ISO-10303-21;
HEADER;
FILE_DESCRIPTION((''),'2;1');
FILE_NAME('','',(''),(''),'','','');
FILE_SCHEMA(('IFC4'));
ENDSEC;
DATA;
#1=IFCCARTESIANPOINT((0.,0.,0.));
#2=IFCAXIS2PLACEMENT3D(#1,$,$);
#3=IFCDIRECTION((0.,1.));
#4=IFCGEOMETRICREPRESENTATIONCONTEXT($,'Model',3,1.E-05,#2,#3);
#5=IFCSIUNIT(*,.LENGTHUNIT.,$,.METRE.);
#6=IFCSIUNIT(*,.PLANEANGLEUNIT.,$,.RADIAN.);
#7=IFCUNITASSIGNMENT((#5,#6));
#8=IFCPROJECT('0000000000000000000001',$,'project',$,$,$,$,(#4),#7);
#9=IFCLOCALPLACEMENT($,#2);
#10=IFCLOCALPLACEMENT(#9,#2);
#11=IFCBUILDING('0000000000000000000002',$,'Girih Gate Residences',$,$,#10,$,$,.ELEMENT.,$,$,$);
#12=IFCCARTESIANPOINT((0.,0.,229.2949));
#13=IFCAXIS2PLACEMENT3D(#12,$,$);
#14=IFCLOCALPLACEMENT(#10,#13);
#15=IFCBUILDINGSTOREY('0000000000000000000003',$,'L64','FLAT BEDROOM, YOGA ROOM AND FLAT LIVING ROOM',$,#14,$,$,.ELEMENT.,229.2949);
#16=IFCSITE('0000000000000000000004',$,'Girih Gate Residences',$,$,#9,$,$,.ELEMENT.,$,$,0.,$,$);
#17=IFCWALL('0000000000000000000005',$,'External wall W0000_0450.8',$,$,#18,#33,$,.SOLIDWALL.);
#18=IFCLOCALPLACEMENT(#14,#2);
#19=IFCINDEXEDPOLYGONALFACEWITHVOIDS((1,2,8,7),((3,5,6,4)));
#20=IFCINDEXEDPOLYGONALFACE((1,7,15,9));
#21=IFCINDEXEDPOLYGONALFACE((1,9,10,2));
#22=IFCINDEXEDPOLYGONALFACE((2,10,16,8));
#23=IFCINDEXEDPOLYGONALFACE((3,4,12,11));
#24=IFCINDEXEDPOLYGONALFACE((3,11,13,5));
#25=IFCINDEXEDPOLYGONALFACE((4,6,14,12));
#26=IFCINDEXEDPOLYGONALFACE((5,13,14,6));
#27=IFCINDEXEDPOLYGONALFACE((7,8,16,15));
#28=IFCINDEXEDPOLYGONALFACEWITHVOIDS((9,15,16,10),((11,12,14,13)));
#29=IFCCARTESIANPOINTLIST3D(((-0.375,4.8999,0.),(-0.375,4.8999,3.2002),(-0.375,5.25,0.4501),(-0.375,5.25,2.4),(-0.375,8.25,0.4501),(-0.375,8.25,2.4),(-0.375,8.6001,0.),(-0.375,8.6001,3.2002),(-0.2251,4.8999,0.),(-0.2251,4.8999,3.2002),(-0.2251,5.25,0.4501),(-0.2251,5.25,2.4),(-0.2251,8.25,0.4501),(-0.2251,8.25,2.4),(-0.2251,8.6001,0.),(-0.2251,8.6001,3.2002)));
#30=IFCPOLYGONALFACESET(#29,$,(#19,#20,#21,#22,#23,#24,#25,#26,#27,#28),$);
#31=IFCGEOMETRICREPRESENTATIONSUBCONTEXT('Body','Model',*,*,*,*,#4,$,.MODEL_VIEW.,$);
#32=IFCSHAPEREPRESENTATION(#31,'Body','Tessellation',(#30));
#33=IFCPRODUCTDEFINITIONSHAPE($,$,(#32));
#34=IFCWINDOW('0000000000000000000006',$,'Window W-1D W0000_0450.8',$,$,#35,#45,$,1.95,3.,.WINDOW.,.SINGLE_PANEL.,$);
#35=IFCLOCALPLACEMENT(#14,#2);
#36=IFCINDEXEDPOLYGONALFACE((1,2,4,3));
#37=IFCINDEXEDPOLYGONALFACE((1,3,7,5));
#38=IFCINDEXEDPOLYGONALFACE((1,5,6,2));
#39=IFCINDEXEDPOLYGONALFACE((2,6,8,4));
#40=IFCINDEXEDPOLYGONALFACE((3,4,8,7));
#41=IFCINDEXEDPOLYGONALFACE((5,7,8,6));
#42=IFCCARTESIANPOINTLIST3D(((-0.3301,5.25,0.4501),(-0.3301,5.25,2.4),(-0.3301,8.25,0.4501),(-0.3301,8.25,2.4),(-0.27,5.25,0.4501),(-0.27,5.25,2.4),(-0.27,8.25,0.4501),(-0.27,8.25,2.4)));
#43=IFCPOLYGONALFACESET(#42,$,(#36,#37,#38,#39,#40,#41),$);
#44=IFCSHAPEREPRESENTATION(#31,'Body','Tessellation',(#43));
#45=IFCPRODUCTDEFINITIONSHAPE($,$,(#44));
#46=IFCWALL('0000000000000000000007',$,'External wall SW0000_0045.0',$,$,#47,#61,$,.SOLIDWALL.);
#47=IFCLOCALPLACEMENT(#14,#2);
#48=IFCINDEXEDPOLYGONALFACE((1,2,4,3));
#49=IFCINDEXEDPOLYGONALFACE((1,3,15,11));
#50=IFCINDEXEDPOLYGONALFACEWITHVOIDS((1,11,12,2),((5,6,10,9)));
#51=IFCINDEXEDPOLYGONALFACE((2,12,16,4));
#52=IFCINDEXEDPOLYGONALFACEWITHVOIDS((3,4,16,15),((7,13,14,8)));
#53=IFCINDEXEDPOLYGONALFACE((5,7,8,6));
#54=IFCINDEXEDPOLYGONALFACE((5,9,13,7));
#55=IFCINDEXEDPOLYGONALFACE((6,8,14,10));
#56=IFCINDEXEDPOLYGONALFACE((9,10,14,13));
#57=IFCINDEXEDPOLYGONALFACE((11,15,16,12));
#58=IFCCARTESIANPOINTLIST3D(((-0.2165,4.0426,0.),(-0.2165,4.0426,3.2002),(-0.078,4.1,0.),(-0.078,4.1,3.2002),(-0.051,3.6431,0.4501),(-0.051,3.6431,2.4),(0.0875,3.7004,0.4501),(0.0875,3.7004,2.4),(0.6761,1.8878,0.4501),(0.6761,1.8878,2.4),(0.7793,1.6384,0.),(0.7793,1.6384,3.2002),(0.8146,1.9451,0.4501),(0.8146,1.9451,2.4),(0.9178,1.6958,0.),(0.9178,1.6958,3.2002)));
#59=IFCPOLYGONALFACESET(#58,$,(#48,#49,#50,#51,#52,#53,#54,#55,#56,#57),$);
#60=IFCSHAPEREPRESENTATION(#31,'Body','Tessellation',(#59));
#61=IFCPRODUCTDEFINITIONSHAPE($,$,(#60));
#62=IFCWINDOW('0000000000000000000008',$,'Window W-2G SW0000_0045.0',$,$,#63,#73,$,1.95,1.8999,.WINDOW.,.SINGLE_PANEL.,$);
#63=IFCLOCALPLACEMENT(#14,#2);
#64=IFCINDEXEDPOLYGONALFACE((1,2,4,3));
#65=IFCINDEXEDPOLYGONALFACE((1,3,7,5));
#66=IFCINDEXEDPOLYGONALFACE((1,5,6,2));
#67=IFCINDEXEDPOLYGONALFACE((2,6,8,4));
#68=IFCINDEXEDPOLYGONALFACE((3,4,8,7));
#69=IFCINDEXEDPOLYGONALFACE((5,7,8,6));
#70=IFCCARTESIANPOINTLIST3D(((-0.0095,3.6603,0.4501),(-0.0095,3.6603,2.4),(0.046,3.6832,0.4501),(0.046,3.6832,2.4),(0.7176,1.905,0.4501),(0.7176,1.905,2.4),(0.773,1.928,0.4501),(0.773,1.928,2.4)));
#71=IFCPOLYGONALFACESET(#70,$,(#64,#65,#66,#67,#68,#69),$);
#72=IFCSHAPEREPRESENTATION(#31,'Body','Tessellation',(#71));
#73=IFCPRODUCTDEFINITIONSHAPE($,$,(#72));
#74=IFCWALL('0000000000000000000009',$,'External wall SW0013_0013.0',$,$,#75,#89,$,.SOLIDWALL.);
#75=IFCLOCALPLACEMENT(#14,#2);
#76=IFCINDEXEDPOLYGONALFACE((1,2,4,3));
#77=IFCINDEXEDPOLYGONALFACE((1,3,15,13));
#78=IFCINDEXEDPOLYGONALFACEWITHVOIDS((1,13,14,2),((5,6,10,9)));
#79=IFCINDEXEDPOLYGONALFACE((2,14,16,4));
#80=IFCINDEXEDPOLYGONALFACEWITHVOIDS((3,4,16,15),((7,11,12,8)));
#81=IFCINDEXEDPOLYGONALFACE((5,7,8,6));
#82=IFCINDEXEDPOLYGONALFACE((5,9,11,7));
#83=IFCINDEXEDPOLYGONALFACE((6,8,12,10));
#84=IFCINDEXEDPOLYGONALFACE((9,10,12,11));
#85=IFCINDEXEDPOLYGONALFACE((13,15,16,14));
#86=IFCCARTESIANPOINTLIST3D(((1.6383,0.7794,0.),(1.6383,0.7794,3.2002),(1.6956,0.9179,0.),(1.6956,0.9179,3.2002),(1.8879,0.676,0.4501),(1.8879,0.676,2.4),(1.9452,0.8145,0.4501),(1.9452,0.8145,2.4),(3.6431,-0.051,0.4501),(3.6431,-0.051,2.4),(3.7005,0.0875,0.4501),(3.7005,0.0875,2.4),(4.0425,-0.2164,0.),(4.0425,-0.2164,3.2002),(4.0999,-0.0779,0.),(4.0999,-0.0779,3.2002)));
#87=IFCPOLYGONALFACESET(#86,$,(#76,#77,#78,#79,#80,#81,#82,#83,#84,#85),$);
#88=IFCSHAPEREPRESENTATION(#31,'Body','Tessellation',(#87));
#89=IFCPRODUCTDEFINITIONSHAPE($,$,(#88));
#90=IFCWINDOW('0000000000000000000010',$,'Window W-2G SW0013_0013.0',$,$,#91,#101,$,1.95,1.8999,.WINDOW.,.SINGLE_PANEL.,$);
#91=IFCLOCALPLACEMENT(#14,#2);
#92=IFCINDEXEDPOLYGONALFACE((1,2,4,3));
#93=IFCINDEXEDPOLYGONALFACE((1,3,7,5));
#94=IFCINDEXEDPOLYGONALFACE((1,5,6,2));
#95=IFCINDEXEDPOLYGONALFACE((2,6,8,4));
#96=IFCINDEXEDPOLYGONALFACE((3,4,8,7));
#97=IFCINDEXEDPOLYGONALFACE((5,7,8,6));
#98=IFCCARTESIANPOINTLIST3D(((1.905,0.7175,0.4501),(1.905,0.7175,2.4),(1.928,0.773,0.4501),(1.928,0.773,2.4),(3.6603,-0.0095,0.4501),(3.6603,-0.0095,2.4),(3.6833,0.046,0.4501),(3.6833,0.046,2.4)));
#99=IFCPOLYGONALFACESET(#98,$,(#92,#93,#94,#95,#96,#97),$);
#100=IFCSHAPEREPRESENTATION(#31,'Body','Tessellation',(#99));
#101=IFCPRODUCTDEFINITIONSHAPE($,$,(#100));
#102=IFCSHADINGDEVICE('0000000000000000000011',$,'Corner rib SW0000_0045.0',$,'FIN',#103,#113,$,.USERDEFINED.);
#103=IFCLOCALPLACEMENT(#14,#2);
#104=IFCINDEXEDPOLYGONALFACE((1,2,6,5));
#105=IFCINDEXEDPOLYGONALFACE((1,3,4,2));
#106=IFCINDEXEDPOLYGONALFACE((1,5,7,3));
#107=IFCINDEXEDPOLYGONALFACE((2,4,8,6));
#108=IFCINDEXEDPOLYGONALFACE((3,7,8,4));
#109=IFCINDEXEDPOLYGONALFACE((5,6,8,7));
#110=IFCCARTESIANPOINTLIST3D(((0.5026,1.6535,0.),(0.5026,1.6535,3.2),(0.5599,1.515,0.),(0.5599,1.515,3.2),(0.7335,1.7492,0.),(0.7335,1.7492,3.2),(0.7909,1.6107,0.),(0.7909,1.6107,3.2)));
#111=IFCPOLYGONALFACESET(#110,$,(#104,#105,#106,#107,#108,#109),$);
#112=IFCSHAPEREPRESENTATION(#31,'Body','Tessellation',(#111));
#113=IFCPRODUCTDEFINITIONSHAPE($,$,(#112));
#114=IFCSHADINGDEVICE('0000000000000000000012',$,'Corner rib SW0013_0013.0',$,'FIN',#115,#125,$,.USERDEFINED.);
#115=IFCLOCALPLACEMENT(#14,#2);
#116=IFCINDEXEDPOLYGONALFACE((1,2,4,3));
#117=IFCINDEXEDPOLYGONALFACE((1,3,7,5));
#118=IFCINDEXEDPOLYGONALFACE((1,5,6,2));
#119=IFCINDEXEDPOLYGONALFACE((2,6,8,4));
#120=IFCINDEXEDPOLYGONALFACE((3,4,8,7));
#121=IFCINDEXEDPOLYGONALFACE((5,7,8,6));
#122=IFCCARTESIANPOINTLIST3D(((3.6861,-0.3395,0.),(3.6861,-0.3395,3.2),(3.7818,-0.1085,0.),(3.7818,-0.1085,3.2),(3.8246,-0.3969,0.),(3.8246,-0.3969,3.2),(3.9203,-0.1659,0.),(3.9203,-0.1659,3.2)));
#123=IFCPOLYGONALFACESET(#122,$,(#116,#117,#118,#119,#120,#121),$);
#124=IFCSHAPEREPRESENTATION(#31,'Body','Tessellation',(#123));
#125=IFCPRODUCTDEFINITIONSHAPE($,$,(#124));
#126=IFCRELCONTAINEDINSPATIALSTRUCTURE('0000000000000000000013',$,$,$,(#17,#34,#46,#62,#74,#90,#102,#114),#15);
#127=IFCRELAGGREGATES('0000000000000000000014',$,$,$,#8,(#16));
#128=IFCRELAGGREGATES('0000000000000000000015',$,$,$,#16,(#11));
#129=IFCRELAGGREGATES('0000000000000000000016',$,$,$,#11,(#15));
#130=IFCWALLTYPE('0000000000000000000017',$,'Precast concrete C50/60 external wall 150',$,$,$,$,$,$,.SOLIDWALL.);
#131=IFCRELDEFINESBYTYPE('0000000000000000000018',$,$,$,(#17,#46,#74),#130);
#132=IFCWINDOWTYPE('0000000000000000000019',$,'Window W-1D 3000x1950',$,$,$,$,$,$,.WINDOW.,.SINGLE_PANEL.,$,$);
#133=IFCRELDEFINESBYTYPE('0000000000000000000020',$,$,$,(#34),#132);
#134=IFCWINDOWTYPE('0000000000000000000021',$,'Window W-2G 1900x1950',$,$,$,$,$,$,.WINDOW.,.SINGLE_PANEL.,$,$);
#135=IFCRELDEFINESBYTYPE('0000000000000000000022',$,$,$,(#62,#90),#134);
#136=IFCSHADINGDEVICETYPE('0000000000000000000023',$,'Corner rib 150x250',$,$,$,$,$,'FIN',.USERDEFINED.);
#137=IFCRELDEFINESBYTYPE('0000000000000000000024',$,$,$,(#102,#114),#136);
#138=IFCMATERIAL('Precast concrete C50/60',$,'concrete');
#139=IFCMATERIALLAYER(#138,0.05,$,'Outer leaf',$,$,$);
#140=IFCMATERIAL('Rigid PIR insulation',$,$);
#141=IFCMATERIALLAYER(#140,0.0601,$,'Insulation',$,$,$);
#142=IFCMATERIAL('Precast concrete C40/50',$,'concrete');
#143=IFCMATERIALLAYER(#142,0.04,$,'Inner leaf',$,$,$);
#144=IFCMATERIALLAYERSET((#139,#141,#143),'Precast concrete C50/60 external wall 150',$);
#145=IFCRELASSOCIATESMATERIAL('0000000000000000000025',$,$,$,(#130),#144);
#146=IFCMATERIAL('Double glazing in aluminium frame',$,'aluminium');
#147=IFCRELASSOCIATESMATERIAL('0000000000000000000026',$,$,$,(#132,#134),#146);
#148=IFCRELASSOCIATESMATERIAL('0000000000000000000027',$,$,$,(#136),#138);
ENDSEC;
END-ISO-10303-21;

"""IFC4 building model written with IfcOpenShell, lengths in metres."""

from ifc_helpers import new_model, si_unit, direction, frame, frame_2d, origin, origin_2d, place, context, subcontext, project, spatial, rectangle, extrude, material, layer, layer_set, type_object, element, fill, save


model = new_model("IFC4")

# Units and contexts
model_context = context("Model", 3, precision=1e-05, world=origin(), true_north=direction((0.0, 1.0)))
body_context = subcontext(model_context, "Body", "Model", "MODEL_VIEW")
ifc_project = project(units=[si_unit("LENGTHUNIT", "METRE"), si_unit("PLANEANGLEUNIT", "RADIAN")], contexts=[model_context])

# Site, building, storey
site_placement = place(None, origin())
site = spatial("IfcSite", under=ifc_project, at=site_placement, Name="Girih Gate Residences", CompositionType="ELEMENT", RefElevation=0.0)
building_placement = place(site_placement, origin())
building = spatial("IfcBuilding", under=site, at=building_placement, Name="Girih Gate Residences", CompositionType="ELEMENT")
storey_placement = place(building_placement, frame((0.0, 0.0, 229.2949)))
storey = spatial("IfcBuildingStorey", under=building, at=storey_placement, Name="L64", Description="FLAT BEDROOM, YOGA ROOM AND FLAT LIVING ROOM", CompositionType="ELEMENT", Elevation=229.2949)

# Walls, openings, windows
ifc_material_1 = material(Name="Precast concrete C50/60", Category="concrete")
ifc_layer_1 = layer(ifc_material_1, 0.05, Name="Outer leaf")
ifc_material_2 = material(Name="Rigid PIR insulation")
ifc_layer_2 = layer(ifc_material_2, 0.0601, Name="Insulation")
ifc_material_3 = material(Name="Precast concrete C40/50", Category="concrete")
ifc_layer_3 = layer(ifc_material_3, 0.04, Name="Inner leaf")
ifc_layer_set_1 = layer_set([ifc_layer_1, ifc_layer_2, ifc_layer_3], Name="Precast concrete C50/60 external wall 150")
wall_type = type_object("IfcWallType", Name="Precast concrete C50/60 external wall 150", PredefinedType="SOLIDWALL", material=ifc_layer_set_1)
wall_1_placement = place(storey_placement, frame((-0.3, 4.8999, 0.0), z_axis=(0.0, 0.0, 1.0), x_axis=(0.0, 1.0, 0.0)))
wall_1 = element("IfcWall", 1, at=wall_1_placement, inside=storey, type_object=wall_type, Name="External wall W0000_0450.8", PredefinedType="SOLIDWALL", context=body_context, shape_type="SweptSolid", body=[
    extrude(rectangle(XDim=3.7002, YDim=0.1499, at=frame_2d((1.8501, 0.0))), origin(), (0.0, 0.0, 1.0), 3.2002),
])
opening_1_placement = place(wall_1_placement, frame((0.3501, 0.0, 0.45)))
opening_1 = element("IfcOpeningElement", 2, at=opening_1_placement, cuts=wall_1, PredefinedType="OPENING", context=body_context, shape_type="SweptSolid", body=[
    extrude(rectangle(XDim=3.0, YDim=1.95, at=frame_2d((1.5, 0.9751))), frame((0.0, 0.085, 0.0), z_axis=(0.0, -1.0, 0.0), x_axis=(1.0, 0.0, 0.0)), (0.0, 0.0, 1.0), 0.1699),
])
ifc_material_4 = material(Name="Double glazing in aluminium frame", Category="aluminium")
window_type_1 = type_object("IfcWindowType", Name="Window W-1D 3000x1950", PartitioningType="SINGLE_PANEL", PredefinedType="WINDOW", material=ifc_material_4)
window_1_placement = place(opening_1_placement, origin())
window_1 = element("IfcWindow", 3, at=window_1_placement, inside=storey, type_object=window_type_1, Name="Window W-1D W0000_0450.8", OverallHeight=1.95, OverallWidth=3.0, PartitioningType="SINGLE_PANEL", PredefinedType="WINDOW", context=body_context, shape_type="SweptSolid", body=[
    extrude(rectangle(XDim=3.0, YDim=1.95, at=frame_2d((1.5, 0.9751))), frame((0.0, 0.03, 0.0), z_axis=(0.0, -1.0, 0.0), x_axis=(1.0, 0.0, 0.0)), (0.0, 0.0, 1.0), 0.0601),
])
fill(opening_1, window_1)
wall_2_placement = place(storey_placement, frame((0.8486, 1.667, 0.0), z_axis=(0.0, 0.0, 1.0), x_axis=(-0.382669, 0.923885, 0.0)))
wall_2 = element("IfcWall", 4, at=wall_2_placement, inside=storey, type_object=wall_type, Name="External wall SW0000_0045.0", PredefinedType="SOLIDWALL", context=body_context, shape_type="SweptSolid", body=[
    extrude(rectangle(XDim=2.6023, YDim=0.1499, at=frame_2d((1.3013, 0.0))), origin(), (0.0, 0.0, 1.0), 3.2002),
])
opening_2_placement = place(wall_2_placement, frame((0.27, 0.0, 0.45)))
opening_2 = element("IfcOpeningElement", 5, at=opening_2_placement, cuts=wall_2, PredefinedType="OPENING", context=body_context, shape_type="SweptSolid", body=[
    extrude(rectangle(XDim=1.8999, YDim=1.95, at=frame_2d((0.95, 0.9751))), frame((0.0, 0.085, 0.0), z_axis=(0.0, -1.0, 0.0), x_axis=(1.0, 0.0, 0.0)), (0.0, 0.0, 1.0), 0.1699),
])
window_type_2 = type_object("IfcWindowType", Name="Window W-2G 1900x1950", PartitioningType="SINGLE_PANEL", PredefinedType="WINDOW", material=ifc_material_4)
window_2_placement = place(opening_2_placement, origin())
window_2 = element("IfcWindow", 6, at=window_2_placement, inside=storey, type_object=window_type_2, Name="Window W-2G SW0000_0045.0", OverallHeight=1.95, OverallWidth=1.8999, PartitioningType="SINGLE_PANEL", PredefinedType="WINDOW", context=body_context, shape_type="SweptSolid", body=[
    extrude(rectangle(XDim=1.8999, YDim=1.95, at=frame_2d((0.95, 0.9751))), frame((0.0, 0.03, 0.0), z_axis=(0.0, -1.0, 0.0), x_axis=(1.0, 0.0, 0.0)), (0.0, 0.0, 1.0), 0.0601),
])
fill(opening_2, window_2)
wall_3_placement = place(storey_placement, frame((4.0713, -0.1472, 0.0), z_axis=(0.0, 0.0, 1.0), x_axis=(-0.923885, 0.382669, 0.0)))
wall_3 = element("IfcWall", 7, at=wall_3_placement, inside=storey, type_object=wall_type, Name="External wall SW0013_0013.0", PredefinedType="SOLIDWALL", context=body_context, shape_type="SweptSolid", body=[
    extrude(rectangle(XDim=2.6023, YDim=0.1499, at=frame_2d((1.3013, 0.0))), origin(), (0.0, 0.0, 1.0), 3.2002),
])
opening_3_placement = place(wall_3_placement, frame((0.4324, 0.0, 0.45)))
opening_3 = element("IfcOpeningElement", 8, at=opening_3_placement, cuts=wall_3, PredefinedType="OPENING", context=body_context, shape_type="SweptSolid", body=[
    extrude(rectangle(XDim=1.8999, YDim=1.95, at=frame_2d((0.95, 0.9751))), frame((0.0, 0.085, 0.0), z_axis=(0.0, -1.0, 0.0), x_axis=(1.0, 0.0, 0.0)), (0.0, 0.0, 1.0), 0.1699),
])
window_3_placement = place(opening_3_placement, origin())
window_3 = element("IfcWindow", 9, at=window_3_placement, inside=storey, type_object=window_type_2, Name="Window W-2G SW0013_0013.0", OverallHeight=1.95, OverallWidth=1.8999, PartitioningType="SINGLE_PANEL", PredefinedType="WINDOW", context=body_context, shape_type="SweptSolid", body=[
    extrude(rectangle(XDim=1.8999, YDim=1.95, at=frame_2d((0.95, 0.9751))), frame((0.0, 0.03, 0.0), z_axis=(0.0, -1.0, 0.0), x_axis=(1.0, 0.0, 0.0)), (0.0, 0.0, 1.0), 0.0601),
])
fill(opening_3, window_3)

# Shading devices
shading_device_type = type_object("IfcShadingDeviceType", Name="Corner rib 150x250", ElementType="FIN", PredefinedType="USERDEFINED", material=ifc_material_1)
for number, where, z_axis, x_axis, name in (
    (10, (0.6467, 1.6321, 0.0), (0.0, 0.0, 1.0), (0.382683, -0.92388, 0.0), "Corner rib SW0000_0045.0"),
    (11, (3.8032, -0.2527, 0.0), (0.0, 0.0, 1.0), (0.92388, -0.382683, 0.0), "Corner rib SW0013_0013.0"),
):
    element("IfcShadingDevice", number, at=place(storey_placement, frame(where, z_axis=z_axis, x_axis=x_axis)), inside=storey, type_object=shading_device_type, Name=name, ObjectType="FIN", PredefinedType="USERDEFINED", context=body_context, shape_type="SweptSolid", body=[
        extrude(rectangle(XDim=0.1499, YDim=0.25, at=origin_2d()), origin(), (0.0, 0.0, 1.0), 3.2),
    ])

save(model, "model.ifc")
